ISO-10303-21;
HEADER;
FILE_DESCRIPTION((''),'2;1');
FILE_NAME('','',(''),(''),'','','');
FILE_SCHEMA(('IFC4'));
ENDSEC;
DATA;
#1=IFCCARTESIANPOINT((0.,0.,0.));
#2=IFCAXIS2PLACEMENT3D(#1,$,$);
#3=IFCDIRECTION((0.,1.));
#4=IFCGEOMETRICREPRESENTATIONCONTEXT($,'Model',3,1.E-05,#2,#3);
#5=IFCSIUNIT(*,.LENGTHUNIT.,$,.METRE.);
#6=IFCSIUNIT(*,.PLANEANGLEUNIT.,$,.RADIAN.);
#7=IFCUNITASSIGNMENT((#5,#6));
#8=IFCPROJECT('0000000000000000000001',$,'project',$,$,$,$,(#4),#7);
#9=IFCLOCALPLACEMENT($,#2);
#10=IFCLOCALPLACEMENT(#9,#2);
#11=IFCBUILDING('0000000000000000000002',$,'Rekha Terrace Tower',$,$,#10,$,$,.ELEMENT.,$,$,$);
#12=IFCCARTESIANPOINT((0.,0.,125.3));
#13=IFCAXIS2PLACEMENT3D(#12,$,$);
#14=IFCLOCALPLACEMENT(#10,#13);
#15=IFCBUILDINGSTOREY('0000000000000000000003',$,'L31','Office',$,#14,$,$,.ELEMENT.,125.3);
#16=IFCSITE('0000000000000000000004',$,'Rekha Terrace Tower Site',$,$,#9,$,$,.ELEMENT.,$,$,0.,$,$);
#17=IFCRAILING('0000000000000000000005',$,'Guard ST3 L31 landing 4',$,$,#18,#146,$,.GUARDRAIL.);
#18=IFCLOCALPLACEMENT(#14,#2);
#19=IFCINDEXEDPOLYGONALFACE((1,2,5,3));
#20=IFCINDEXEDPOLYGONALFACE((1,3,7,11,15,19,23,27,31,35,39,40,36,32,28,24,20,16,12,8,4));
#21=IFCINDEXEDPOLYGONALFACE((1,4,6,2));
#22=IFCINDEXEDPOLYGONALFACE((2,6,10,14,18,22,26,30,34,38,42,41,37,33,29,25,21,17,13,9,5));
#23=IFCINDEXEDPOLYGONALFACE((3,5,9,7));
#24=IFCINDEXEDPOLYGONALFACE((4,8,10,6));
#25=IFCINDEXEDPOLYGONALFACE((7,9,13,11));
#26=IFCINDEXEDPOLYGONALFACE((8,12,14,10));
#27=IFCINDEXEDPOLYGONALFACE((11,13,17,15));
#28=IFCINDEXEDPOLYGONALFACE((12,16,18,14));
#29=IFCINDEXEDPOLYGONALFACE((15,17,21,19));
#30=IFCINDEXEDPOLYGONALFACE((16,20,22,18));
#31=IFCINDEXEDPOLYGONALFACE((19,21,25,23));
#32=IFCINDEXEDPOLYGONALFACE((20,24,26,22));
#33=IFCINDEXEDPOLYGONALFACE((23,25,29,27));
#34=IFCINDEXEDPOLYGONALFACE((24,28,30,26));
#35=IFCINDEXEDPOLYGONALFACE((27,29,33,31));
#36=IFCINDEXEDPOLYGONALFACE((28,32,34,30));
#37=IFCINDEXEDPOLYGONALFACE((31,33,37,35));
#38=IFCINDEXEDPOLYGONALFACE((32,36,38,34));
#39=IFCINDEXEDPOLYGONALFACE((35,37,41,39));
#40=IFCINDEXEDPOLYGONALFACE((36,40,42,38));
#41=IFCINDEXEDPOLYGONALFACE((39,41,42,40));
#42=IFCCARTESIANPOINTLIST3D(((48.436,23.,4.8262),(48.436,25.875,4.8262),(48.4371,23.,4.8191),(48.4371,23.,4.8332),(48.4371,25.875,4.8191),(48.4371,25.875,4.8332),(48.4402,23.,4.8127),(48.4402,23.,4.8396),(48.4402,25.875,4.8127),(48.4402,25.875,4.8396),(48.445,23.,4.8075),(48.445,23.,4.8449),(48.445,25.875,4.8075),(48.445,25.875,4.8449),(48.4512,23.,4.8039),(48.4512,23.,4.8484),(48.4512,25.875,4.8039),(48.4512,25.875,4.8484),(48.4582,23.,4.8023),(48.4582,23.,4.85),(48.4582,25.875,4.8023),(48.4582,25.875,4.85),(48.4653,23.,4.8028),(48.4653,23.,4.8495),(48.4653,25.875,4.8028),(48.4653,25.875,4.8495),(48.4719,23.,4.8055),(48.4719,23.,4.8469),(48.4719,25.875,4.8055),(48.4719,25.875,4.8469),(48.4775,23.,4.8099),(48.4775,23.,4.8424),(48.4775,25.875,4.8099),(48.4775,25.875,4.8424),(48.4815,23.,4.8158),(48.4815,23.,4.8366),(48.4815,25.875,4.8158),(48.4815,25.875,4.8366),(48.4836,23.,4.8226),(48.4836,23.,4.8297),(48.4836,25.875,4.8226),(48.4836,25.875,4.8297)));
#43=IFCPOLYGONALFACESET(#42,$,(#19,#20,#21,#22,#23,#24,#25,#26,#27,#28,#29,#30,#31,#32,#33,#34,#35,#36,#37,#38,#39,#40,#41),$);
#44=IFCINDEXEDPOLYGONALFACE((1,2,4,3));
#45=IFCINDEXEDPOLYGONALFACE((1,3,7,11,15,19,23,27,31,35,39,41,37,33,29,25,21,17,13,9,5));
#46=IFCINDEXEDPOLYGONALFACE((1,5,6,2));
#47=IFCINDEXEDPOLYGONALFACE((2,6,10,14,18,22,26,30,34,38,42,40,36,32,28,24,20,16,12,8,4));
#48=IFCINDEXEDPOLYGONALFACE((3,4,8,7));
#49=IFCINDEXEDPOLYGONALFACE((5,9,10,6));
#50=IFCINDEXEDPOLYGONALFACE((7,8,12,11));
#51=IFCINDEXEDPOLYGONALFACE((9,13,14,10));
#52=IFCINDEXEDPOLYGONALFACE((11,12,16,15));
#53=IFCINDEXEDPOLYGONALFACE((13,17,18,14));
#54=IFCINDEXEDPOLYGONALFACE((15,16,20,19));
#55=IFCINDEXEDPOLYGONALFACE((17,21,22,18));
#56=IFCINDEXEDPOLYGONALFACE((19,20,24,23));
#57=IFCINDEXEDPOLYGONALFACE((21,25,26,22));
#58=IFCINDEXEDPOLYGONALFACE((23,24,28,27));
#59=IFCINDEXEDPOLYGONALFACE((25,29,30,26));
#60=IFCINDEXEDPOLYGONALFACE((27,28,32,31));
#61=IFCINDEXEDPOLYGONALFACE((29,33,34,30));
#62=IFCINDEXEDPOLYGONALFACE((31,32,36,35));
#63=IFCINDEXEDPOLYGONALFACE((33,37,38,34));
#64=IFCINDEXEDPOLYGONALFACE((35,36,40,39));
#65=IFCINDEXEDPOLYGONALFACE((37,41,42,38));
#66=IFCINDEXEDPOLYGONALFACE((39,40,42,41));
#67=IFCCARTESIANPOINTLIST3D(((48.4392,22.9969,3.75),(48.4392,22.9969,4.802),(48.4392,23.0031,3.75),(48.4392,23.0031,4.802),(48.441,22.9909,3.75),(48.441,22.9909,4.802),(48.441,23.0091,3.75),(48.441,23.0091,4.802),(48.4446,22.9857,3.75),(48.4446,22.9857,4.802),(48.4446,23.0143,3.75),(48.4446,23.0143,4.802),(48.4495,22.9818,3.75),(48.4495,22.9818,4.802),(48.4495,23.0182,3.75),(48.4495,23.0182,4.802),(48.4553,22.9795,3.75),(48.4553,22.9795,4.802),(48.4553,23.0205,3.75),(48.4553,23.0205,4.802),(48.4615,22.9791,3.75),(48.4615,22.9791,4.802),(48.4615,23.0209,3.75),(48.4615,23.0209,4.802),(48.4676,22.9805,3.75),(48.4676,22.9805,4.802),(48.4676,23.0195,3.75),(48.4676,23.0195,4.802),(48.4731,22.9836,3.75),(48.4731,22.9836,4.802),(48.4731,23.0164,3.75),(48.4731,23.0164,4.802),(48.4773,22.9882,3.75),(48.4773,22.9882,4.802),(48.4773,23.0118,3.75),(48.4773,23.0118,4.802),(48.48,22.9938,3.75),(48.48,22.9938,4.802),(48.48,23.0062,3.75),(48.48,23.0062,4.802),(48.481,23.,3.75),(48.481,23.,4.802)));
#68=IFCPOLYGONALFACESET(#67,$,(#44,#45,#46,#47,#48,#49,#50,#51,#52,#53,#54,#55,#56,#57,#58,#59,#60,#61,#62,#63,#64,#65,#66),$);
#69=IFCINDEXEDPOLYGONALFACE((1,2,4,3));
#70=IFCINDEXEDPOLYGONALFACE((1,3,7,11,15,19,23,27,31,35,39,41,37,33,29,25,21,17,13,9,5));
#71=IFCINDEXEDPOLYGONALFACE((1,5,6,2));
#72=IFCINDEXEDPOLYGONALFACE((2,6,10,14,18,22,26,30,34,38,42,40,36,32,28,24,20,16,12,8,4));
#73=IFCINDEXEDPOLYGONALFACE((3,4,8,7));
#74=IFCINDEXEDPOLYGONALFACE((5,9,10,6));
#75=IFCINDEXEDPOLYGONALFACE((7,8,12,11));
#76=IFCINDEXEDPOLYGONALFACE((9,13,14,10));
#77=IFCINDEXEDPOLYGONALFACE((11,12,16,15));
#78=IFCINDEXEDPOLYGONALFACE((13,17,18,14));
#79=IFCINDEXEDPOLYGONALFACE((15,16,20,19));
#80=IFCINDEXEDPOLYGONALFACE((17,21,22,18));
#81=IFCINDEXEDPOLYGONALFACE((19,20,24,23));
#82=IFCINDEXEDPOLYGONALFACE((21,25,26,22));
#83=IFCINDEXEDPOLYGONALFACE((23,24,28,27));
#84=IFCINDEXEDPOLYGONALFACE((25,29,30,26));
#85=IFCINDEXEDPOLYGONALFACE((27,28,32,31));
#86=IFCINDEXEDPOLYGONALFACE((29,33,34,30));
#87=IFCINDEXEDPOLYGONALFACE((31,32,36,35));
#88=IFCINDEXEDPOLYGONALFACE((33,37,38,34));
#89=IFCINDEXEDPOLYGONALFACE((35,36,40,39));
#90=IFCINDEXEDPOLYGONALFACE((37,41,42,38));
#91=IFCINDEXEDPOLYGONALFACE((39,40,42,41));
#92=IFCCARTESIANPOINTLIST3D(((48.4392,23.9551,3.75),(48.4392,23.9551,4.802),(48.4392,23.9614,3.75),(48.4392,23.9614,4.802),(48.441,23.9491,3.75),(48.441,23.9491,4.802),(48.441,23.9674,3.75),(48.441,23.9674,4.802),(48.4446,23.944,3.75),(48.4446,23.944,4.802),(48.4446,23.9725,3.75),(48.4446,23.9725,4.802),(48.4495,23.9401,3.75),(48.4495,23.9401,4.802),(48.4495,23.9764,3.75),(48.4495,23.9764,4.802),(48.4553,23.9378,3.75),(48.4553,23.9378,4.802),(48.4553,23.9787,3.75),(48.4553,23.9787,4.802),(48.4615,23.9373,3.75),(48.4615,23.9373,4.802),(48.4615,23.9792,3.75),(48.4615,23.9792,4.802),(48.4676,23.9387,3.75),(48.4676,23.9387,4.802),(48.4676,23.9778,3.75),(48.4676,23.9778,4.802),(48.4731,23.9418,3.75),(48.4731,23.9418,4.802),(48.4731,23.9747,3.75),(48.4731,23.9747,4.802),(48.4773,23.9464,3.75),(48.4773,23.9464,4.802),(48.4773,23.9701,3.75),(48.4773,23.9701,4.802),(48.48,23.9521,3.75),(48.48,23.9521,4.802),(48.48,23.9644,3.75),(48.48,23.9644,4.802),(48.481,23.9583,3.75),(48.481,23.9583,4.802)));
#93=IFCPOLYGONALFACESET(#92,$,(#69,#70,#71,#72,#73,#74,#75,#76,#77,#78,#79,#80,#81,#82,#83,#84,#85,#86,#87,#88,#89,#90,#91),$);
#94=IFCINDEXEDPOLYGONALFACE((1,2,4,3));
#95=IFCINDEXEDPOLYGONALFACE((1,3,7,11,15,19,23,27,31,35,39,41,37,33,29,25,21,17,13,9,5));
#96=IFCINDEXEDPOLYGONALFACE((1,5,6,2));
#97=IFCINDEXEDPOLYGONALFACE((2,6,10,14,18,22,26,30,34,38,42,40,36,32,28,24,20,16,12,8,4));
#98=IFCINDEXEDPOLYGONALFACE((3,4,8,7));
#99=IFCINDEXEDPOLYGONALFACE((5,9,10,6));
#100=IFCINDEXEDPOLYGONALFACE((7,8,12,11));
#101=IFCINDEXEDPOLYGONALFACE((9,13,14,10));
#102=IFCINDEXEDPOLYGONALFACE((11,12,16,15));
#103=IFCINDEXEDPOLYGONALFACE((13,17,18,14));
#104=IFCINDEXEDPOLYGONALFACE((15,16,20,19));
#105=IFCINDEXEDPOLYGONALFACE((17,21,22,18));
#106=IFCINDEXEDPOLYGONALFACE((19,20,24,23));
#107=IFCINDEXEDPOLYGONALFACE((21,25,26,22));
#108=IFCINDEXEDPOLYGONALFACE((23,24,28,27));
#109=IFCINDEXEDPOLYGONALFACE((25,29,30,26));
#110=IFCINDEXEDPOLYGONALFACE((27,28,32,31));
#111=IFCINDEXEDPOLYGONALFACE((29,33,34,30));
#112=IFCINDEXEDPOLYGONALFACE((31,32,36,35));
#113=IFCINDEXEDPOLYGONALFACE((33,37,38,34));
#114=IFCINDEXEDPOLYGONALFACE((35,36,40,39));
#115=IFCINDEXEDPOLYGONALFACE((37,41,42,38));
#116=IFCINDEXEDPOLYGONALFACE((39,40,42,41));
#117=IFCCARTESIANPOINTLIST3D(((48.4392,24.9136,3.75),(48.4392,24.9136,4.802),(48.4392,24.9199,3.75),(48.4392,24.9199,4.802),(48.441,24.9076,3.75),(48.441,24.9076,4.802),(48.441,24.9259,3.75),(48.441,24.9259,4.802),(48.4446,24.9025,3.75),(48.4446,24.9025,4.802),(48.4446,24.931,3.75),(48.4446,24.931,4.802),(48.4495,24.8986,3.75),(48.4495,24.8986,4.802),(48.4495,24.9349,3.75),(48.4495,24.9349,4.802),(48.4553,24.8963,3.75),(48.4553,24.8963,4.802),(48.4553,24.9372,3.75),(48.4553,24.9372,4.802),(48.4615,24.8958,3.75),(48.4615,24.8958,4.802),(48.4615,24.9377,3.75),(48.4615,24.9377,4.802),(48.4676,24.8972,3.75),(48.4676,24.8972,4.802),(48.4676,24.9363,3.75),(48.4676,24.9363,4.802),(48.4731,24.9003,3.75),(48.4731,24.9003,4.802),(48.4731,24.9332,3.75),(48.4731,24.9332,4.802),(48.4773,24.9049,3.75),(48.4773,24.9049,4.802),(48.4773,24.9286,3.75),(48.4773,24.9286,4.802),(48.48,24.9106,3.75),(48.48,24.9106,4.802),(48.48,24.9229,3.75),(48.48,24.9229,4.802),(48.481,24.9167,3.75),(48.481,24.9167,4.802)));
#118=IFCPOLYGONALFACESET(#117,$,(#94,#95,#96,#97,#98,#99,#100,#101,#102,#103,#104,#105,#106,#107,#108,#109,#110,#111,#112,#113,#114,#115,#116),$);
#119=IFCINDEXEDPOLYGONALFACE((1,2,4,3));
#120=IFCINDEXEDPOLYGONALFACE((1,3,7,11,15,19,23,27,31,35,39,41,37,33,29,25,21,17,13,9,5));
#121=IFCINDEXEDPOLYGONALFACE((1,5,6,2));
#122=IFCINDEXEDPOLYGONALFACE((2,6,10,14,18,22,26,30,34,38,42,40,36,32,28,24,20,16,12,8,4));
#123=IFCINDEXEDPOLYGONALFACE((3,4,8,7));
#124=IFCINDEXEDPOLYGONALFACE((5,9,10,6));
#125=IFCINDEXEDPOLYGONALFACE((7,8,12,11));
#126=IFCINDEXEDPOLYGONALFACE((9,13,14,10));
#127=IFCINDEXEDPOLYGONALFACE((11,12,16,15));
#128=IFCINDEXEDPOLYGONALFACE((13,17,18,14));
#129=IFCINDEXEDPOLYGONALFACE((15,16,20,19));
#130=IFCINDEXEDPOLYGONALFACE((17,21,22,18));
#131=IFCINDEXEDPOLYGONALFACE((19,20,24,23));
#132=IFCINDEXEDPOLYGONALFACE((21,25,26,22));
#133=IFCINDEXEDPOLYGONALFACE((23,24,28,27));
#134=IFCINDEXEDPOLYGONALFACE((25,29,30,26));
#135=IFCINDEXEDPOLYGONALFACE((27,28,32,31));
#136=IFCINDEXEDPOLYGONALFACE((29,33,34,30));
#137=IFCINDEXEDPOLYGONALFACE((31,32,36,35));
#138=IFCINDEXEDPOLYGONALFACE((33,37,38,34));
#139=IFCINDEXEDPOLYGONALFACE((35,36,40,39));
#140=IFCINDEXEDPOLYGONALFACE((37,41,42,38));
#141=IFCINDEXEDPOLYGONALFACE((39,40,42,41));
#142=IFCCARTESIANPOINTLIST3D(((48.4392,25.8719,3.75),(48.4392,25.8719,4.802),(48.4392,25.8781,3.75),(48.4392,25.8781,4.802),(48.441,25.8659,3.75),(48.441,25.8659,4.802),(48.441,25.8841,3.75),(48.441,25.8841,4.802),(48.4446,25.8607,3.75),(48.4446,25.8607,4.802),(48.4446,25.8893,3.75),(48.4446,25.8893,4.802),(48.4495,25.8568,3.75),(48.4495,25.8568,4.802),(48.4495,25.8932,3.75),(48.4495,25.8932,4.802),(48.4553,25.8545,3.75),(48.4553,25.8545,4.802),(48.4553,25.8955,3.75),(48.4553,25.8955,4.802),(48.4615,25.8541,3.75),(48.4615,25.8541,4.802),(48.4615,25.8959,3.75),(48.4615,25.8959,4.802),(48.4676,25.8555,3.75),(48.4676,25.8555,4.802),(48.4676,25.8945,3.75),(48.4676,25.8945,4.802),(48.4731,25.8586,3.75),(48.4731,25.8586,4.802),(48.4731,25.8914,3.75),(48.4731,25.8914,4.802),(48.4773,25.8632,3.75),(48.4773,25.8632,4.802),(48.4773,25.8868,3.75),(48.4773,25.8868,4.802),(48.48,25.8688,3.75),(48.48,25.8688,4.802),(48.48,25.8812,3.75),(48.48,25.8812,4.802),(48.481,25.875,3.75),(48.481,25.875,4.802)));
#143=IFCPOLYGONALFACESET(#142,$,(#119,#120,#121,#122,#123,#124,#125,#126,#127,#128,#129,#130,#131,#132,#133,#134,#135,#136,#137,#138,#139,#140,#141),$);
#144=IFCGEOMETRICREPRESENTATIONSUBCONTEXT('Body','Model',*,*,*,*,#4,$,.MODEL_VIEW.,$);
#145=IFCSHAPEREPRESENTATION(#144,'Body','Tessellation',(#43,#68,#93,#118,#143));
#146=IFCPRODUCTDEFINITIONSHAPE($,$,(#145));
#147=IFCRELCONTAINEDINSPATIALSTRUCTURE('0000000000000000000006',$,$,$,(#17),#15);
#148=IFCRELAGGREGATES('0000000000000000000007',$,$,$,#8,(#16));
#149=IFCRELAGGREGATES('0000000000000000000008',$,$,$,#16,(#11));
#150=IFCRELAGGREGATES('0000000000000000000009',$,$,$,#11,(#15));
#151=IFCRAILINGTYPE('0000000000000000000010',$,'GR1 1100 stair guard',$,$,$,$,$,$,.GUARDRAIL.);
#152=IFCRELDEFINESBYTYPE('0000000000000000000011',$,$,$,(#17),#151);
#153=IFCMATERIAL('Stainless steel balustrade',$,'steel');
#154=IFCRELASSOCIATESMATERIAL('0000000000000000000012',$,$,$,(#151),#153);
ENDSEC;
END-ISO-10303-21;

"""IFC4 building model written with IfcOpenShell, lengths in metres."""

from ifc_helpers import new_model, si_unit, direction, frame, origin, origin_2d, place, context, subcontext, project, spatial, circle, extrude, material, type_object, element, save


model = new_model("IFC4")

# Units and contexts
model_context = context("Model", 3, precision=1e-05, world=origin(), true_north=direction((0.0, 1.0)))
body_context = subcontext(model_context, "Body", "Model", "MODEL_VIEW")
ifc_project = project(units=[si_unit("LENGTHUNIT", "METRE"), si_unit("PLANEANGLEUNIT", "RADIAN")], contexts=[model_context])

# Site, building, storey
site_placement = place(None, origin())
site = spatial("IfcSite", under=ifc_project, at=site_placement, Name="Rekha Terrace Tower Site", CompositionType="ELEMENT", RefElevation=0.0)
building_placement = place(site_placement, origin())
building = spatial("IfcBuilding", under=site, at=building_placement, Name="Rekha Terrace Tower", CompositionType="ELEMENT")
storey_placement = place(building_placement, frame((0.0, 0.0, 125.3)))
storey = spatial("IfcBuildingStorey", under=building, at=storey_placement, Name="L31", Description="Office", CompositionType="ELEMENT", Elevation=125.3)

# Railing
ifc_material_1 = material(Name="Stainless steel balustrade", Category="steel")
railing_type_1 = type_object("IfcRailingType", Name="GR1 1100 stair guard", PredefinedType="GUARDRAIL", material=ifc_material_1)
railing_1_placement = place(storey_placement, frame((48.46, 23.0, 3.75)))
element("IfcRailing", 1, at=railing_1_placement, inside=storey, type_object=railing_type_1, Name="Guard ST3 L31 landing 4", PredefinedType="GUARDRAIL", context=body_context, shape_type="SweptSolid", body=[
    extrude(circle(Radius=0.0239, at=origin_2d()), frame((0.0, 0.0, 1.0762), z_axis=(0.0, 1.0, 0.0), x_axis=(-1.0, 0.0, 0.0)), (0.0, 0.0, 1.0), 2.875),
    extrude(circle(Radius=0.021, at=origin_2d()), origin(), (0.0, 0.0, 1.0), 1.052),
    extrude(circle(Radius=0.021, at=origin_2d()), frame((0.0, 0.9583, 0.0)), (0.0, 0.0, 1.0), 1.052),
    extrude(circle(Radius=0.021, at=origin_2d()), frame((0.0, 1.9167, 0.0)), (0.0, 0.0, 1.0), 1.052),
    extrude(circle(Radius=0.021, at=origin_2d()), frame((0.0, 2.875, 0.0)), (0.0, 0.0, 1.0), 1.052),
])

save(model, "model.ifc")
